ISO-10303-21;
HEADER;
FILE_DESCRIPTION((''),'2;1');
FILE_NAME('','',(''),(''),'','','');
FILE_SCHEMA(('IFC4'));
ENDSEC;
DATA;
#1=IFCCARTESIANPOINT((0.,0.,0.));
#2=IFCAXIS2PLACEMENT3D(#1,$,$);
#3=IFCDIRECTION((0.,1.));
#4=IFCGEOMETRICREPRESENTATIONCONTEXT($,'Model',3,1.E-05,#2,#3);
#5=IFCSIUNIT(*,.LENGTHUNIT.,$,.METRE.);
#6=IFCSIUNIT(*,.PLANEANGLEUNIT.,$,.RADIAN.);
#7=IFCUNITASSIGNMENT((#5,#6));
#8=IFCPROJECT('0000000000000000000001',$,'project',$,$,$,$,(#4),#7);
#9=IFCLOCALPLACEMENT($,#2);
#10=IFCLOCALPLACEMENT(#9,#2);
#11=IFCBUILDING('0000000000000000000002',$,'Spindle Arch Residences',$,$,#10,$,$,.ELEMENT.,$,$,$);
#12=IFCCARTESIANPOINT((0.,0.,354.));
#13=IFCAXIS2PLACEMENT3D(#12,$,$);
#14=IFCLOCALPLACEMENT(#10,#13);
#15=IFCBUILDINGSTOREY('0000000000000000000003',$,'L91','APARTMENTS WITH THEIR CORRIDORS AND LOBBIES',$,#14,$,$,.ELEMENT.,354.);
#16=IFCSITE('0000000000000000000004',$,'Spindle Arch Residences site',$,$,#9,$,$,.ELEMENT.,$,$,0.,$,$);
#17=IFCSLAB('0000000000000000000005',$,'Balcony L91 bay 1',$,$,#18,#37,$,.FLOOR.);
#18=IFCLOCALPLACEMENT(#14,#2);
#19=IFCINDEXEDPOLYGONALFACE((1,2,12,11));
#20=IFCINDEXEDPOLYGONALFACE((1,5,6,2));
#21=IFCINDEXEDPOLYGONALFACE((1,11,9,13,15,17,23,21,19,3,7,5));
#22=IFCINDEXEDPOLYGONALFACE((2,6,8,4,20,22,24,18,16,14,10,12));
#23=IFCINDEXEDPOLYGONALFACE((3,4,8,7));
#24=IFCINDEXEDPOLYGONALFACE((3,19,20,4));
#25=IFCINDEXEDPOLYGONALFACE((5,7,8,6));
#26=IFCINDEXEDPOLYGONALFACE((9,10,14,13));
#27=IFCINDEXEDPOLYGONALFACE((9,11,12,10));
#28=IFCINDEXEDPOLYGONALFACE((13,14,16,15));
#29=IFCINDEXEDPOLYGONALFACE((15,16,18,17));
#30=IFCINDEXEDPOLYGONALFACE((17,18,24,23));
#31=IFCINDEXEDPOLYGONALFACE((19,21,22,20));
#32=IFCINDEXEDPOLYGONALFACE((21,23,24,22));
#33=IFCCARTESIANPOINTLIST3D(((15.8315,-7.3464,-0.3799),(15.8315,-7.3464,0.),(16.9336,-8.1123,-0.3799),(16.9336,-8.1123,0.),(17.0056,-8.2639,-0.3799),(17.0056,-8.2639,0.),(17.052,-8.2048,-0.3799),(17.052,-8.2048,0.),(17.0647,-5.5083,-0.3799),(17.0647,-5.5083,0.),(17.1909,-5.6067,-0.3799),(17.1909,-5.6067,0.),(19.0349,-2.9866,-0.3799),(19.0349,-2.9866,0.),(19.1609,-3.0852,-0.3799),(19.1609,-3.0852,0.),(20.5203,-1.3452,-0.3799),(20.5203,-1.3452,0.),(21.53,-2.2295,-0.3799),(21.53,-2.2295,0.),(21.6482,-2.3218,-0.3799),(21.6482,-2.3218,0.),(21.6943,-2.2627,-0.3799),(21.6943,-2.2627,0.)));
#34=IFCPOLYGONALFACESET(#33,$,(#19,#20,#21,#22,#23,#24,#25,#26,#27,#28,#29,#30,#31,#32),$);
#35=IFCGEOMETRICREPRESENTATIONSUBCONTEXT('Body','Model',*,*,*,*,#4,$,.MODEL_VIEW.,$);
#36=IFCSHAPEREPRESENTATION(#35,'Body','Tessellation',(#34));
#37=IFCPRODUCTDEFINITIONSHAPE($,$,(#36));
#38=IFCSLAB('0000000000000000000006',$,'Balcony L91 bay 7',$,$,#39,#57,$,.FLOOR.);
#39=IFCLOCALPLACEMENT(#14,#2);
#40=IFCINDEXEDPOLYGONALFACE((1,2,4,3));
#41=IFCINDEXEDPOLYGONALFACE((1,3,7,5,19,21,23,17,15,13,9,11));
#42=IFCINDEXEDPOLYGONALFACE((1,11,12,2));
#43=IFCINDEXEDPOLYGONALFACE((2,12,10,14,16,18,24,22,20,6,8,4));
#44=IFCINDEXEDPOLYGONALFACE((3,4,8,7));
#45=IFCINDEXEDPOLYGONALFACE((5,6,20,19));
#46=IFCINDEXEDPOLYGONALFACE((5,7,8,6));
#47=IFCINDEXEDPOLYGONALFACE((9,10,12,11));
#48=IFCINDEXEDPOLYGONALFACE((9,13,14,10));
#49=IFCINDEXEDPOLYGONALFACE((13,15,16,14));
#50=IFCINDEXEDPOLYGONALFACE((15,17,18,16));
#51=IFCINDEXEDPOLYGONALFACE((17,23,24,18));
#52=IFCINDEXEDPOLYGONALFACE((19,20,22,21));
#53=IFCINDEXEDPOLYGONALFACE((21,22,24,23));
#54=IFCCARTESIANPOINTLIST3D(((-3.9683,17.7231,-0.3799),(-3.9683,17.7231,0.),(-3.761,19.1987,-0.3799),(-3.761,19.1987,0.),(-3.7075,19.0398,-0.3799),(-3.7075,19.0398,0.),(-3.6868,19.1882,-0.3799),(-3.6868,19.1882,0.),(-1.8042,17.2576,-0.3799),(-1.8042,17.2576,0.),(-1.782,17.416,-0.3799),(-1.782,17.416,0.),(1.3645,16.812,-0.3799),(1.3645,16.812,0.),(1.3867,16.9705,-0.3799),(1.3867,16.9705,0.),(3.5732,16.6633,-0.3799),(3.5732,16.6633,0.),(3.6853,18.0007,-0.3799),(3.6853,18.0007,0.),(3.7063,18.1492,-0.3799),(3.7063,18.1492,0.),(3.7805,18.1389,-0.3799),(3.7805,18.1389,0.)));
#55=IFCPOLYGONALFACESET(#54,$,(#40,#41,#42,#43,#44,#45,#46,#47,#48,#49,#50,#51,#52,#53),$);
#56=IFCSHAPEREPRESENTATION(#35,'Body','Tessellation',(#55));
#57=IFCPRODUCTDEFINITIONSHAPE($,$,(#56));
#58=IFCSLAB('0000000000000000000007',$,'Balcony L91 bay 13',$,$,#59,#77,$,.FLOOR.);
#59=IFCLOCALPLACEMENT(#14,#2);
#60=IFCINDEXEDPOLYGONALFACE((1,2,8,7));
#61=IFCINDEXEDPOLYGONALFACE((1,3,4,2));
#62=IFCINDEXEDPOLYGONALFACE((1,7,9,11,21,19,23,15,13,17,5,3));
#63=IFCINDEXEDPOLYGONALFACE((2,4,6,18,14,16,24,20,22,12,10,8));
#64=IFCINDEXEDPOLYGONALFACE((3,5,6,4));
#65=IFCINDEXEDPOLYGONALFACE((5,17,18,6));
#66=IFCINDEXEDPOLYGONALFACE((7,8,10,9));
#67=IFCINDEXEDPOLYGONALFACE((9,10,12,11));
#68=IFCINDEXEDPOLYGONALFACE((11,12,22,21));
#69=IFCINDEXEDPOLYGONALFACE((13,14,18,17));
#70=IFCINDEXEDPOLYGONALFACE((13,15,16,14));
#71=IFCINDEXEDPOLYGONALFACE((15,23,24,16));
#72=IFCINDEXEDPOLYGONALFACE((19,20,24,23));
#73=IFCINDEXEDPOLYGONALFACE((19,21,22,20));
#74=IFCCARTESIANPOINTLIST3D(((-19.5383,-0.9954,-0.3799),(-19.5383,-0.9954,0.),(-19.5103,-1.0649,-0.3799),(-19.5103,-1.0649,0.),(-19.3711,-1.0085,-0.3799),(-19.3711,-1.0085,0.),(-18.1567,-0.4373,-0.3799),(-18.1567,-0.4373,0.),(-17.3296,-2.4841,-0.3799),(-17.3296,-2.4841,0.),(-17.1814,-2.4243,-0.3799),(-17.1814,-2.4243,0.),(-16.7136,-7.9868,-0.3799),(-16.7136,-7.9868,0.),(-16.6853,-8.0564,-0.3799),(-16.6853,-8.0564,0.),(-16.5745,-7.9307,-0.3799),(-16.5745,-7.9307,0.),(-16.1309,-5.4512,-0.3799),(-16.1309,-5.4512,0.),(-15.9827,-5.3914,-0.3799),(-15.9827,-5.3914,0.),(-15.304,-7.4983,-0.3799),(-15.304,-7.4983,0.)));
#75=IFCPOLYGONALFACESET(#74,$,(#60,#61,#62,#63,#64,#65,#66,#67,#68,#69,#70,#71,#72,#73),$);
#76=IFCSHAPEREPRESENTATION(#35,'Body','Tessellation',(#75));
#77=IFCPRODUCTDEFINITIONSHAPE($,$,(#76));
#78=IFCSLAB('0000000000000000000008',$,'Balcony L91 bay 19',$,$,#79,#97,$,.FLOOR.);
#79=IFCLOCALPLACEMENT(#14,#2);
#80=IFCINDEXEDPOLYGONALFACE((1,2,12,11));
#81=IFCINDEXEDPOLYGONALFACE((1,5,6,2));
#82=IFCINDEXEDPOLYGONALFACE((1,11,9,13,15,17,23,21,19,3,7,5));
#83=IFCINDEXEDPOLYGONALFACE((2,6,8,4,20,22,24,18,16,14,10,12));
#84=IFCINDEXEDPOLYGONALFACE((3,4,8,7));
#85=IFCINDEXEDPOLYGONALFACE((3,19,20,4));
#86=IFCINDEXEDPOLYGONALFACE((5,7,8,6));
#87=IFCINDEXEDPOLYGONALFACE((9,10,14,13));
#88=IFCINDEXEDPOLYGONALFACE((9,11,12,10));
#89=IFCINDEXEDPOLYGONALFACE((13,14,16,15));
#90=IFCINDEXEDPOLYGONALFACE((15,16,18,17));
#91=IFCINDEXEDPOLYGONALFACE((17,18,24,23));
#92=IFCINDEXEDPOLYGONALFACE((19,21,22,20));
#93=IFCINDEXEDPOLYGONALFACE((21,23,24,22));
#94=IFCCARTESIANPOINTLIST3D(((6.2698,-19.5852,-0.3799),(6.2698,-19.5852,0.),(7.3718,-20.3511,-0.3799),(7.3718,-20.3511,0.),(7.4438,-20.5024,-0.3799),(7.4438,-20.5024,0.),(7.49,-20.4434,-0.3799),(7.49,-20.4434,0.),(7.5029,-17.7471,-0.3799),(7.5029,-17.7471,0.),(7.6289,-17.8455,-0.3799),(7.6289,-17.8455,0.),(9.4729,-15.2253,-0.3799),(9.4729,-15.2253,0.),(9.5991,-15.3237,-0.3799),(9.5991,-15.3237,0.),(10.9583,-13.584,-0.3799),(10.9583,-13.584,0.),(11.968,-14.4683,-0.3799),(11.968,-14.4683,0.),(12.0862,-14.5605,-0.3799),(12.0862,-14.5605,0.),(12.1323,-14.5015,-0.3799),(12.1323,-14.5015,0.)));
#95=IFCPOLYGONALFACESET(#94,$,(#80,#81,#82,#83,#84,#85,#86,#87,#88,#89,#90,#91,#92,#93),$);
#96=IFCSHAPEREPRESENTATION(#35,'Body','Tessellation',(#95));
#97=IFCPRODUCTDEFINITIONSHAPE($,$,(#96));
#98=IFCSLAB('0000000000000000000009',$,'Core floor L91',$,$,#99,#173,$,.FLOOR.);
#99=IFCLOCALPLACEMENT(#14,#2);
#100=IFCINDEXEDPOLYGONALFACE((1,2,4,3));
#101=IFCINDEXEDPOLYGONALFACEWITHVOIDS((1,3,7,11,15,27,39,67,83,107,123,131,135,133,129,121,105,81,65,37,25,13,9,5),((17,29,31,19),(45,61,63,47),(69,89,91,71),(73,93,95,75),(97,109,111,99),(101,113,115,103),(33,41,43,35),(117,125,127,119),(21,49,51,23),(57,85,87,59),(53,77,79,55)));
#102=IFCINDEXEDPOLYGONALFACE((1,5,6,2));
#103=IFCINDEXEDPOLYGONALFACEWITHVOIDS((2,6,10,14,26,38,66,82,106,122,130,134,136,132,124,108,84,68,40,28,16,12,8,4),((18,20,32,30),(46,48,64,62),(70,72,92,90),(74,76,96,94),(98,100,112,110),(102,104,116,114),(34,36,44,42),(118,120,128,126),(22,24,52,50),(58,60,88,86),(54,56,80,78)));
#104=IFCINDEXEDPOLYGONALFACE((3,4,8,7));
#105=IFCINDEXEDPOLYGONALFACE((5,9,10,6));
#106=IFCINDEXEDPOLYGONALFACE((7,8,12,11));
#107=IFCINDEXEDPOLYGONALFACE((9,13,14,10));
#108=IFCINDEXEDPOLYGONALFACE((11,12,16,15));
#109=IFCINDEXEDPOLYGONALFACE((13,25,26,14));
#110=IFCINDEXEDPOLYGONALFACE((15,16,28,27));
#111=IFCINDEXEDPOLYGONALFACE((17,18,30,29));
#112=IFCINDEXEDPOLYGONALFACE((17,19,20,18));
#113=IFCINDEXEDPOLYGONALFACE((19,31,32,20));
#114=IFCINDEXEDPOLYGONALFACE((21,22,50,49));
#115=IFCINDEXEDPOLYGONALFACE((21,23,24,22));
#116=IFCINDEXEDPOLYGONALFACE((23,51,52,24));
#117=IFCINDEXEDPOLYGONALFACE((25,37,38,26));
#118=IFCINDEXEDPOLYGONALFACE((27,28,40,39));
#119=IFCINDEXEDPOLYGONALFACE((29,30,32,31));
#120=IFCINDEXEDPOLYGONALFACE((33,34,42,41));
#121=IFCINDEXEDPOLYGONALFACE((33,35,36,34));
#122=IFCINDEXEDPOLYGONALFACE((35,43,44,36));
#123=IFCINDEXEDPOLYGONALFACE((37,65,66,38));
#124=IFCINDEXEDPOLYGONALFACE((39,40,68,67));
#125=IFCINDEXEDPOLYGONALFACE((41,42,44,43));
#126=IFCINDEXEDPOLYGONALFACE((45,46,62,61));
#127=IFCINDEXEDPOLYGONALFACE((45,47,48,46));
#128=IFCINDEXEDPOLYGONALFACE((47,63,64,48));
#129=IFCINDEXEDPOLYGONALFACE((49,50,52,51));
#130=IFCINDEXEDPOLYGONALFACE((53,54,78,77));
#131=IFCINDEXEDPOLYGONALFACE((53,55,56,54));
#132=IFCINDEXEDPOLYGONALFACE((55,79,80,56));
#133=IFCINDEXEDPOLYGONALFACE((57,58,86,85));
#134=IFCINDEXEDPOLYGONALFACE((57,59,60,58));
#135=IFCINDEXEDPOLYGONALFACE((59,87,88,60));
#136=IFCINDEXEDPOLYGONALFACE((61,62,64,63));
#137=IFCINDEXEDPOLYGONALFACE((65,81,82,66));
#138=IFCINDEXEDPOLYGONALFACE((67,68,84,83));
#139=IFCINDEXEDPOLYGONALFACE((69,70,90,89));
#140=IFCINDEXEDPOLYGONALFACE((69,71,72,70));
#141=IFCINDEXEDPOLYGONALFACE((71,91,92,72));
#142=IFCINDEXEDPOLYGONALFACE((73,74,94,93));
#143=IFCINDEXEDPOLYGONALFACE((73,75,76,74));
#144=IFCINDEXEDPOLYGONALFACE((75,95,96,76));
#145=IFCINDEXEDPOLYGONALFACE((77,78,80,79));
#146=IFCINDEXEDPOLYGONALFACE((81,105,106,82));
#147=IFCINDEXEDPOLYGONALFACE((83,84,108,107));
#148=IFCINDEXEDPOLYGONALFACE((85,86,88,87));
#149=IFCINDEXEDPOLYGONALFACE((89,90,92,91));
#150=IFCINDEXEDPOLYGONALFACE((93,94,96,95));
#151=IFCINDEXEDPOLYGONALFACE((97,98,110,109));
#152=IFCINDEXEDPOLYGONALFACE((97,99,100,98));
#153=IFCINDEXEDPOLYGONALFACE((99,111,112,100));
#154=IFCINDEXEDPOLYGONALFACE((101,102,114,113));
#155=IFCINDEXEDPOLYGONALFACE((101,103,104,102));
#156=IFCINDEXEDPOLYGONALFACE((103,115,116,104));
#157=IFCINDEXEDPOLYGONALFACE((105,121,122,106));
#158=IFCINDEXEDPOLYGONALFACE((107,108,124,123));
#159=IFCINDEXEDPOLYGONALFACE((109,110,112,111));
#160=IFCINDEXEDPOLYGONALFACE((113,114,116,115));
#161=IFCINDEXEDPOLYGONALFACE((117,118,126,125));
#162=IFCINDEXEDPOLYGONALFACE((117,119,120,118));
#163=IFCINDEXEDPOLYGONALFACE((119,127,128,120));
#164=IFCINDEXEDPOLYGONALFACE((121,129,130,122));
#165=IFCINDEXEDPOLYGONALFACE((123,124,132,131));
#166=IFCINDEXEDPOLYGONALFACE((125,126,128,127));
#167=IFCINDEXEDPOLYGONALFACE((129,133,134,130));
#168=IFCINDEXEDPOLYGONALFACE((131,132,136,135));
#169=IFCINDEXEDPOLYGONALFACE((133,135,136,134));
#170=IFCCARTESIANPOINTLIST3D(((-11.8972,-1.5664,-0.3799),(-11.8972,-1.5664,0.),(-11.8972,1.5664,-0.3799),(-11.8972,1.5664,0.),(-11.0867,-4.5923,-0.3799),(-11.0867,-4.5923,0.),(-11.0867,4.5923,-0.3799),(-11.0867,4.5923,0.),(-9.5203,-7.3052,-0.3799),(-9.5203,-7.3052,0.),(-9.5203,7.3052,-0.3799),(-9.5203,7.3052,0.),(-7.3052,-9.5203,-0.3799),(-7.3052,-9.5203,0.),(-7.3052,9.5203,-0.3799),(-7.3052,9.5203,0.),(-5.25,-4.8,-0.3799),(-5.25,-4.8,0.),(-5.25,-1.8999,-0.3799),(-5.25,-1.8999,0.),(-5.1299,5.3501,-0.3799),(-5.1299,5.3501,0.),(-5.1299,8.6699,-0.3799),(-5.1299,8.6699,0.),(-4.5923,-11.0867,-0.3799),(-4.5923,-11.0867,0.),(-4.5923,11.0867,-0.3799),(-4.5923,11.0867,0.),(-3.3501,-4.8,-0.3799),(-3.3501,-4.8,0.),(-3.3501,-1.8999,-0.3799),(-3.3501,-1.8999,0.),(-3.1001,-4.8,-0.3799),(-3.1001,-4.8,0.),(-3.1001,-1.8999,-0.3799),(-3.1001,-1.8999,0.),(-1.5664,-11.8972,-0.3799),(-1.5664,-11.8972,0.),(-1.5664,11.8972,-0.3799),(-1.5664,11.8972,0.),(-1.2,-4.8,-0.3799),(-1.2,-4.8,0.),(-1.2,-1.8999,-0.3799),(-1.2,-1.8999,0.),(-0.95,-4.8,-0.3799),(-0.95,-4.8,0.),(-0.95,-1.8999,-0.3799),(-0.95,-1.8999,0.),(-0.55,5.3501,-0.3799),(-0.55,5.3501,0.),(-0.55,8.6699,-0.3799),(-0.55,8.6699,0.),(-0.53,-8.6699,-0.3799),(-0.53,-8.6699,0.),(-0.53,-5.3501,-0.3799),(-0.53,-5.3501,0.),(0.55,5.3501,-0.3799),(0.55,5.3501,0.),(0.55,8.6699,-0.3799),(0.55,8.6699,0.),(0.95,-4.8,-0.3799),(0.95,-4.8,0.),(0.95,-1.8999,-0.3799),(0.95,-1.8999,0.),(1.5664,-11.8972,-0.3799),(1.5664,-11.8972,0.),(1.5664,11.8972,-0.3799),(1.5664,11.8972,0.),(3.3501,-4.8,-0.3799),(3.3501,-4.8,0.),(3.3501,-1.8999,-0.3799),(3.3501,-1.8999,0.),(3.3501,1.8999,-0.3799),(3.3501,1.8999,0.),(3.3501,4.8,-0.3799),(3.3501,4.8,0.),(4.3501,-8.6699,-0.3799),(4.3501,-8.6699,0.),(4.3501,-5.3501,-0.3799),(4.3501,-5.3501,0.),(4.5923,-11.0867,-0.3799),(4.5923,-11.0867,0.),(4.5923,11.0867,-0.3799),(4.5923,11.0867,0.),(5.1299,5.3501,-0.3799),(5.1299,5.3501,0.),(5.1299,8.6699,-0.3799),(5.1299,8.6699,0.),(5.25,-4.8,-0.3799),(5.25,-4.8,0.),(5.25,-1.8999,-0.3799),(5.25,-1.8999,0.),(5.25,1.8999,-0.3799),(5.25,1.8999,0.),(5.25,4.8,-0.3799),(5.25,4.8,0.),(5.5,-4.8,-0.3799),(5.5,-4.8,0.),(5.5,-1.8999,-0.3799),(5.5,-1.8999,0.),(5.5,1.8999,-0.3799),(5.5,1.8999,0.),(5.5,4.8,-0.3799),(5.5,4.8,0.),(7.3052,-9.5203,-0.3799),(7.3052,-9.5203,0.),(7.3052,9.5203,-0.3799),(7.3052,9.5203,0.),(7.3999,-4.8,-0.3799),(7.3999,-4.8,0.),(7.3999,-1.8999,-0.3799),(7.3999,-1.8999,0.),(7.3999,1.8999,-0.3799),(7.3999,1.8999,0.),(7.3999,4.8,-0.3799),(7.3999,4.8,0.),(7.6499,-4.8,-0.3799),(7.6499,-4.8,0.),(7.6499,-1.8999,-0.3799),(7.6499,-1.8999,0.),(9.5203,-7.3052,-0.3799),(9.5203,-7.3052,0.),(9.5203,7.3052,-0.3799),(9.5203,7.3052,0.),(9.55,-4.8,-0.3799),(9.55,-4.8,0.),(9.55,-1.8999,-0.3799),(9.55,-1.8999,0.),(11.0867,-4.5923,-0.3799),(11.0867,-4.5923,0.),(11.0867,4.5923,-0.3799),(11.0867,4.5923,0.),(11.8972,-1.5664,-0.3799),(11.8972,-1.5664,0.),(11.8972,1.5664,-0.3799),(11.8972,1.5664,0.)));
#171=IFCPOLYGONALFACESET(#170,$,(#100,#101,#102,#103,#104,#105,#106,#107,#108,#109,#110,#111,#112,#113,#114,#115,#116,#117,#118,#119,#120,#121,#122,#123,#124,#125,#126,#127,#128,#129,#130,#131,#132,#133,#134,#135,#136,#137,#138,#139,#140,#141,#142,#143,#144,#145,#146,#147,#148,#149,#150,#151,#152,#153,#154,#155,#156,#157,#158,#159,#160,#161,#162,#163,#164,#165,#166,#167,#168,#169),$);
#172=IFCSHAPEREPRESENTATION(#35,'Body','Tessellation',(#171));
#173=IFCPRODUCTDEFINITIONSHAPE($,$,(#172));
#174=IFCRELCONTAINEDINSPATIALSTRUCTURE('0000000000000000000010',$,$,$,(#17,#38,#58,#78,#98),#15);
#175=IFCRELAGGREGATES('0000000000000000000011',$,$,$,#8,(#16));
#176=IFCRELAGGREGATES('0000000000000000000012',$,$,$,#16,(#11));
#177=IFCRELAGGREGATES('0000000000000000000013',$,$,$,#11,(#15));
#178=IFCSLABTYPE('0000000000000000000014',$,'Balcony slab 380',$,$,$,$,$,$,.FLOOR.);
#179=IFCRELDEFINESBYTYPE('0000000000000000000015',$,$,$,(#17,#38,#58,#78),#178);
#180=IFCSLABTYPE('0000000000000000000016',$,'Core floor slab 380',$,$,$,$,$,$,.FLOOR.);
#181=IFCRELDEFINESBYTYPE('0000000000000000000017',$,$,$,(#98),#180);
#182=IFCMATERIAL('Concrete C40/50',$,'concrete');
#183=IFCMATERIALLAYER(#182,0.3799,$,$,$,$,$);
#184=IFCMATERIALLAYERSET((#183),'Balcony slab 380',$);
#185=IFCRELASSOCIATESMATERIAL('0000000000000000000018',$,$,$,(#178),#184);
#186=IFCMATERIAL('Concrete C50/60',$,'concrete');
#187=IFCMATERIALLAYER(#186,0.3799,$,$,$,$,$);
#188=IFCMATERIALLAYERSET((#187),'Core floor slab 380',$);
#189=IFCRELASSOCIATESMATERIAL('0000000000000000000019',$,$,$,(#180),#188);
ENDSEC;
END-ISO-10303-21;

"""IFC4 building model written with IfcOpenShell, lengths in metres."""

from ifc_helpers import new_model, si_unit, direction, frame, origin, place, context, subcontext, project, spatial, polyline, outline, extrude, material, layer, layer_set, type_object, element, save


model = new_model("IFC4")

# Units and contexts
model_context = context("Model", 3, precision=1e-05, world=origin(), true_north=direction((0.0, 1.0)))
body_context = subcontext(model_context, "Body", "Model", "MODEL_VIEW")
ifc_project = project(units=[si_unit("LENGTHUNIT", "METRE"), si_unit("PLANEANGLEUNIT", "RADIAN")], contexts=[model_context])

# Site, building, storey
site_placement = place(None, origin())
site = spatial("IfcSite", under=ifc_project, at=site_placement, Name="Spindle Arch Residences site", CompositionType="ELEMENT", RefElevation=0.0)
building_placement = place(site_placement, origin())
building = spatial("IfcBuilding", under=site, at=building_placement, Name="Spindle Arch Residences", CompositionType="ELEMENT")
storey_placement = place(building_placement, frame((0.0, 0.0, 354.0)))
storey = spatial("IfcBuildingStorey", under=building, at=storey_placement, Name="L91", Description="APARTMENTS WITH THEIR CORRIDORS AND LOBBIES", CompositionType="ELEMENT", Elevation=354.0)

# Slabs
ifc_material_1 = material(Name="Concrete C40/50", Category="concrete")
ifc_layer_1 = layer(ifc_material_1, 0.3799)
ifc_layer_set_1 = layer_set([ifc_layer_1], Name="Balcony slab 380")
slab_type_1 = type_object("IfcSlabType", Name="Balcony slab 380", PredefinedType="FLOOR", material=ifc_layer_set_1)
slab_1_placement = place(storey_placement, frame((0.0, 0.0, -0.3799)))
element("IfcSlab", 1, at=slab_1_placement, inside=storey, type_object=slab_type_1, Name="Balcony L91 bay 1", PredefinedType="FLOOR", context=body_context, shape_type="SweptSolid", body=[
    extrude(outline(polyline([(17.0056, -8.2639), (17.052, -8.2048), (16.9336, -8.1123), (21.53, -2.2295), (21.6482, -2.3218), (21.6943, -2.2627), (20.5203, -1.3452), (19.1609, -3.0852), (19.0349, -2.9866), (17.0647, -5.5083), (17.1909, -5.6067), (15.8315, -7.3464), (17.0056, -8.2639)])), origin(), (0.0, 0.0, 1.0), 0.3799),
])
slab_2_placement = place(storey_placement, frame((0.0, 0.0, -0.3799)))
element("IfcSlab", 2, at=slab_2_placement, inside=storey, type_object=slab_type_1, Name="Balcony L91 bay 7", PredefinedType="FLOOR", context=body_context, shape_type="SweptSolid", body=[
    extrude(outline(polyline([(3.7805, 18.1389), (3.7063, 18.1492), (3.6853, 18.0007), (-3.7075, 19.0398), (-3.6868, 19.1882), (-3.761, 19.1987), (-3.9683, 17.7231), (-1.782, 17.416), (-1.8042, 17.2576), (1.3645, 16.812), (1.3867, 16.9705), (3.5732, 16.6633), (3.7805, 18.1389)])), origin(), (0.0, 0.0, 1.0), 0.3799),
])
slab_3_placement = place(storey_placement, frame((0.0, 0.0, -0.3799)))
element("IfcSlab", 3, at=slab_3_placement, inside=storey, type_object=slab_type_1, Name="Balcony L91 bay 13", PredefinedType="FLOOR", context=body_context, shape_type="SweptSolid", body=[
    extrude(outline(polyline([(-19.5383, -0.9954), (-19.5103, -1.0649), (-19.3711, -1.0085), (-16.5745, -7.9307), (-16.7136, -7.9868), (-16.6853, -8.0564), (-15.304, -7.4983), (-16.1309, -5.4512), (-15.9827, -5.3914), (-17.1814, -2.4243), (-17.3296, -2.4841), (-18.1567, -0.4373), (-19.5383, -0.9954)])), origin(), (0.0, 0.0, 1.0), 0.3799),
])
slab_4_placement = place(storey_placement, frame((0.0, 0.0, -0.3799)))
element("IfcSlab", 4, at=slab_4_placement, inside=storey, type_object=slab_type_1, Name="Balcony L91 bay 19", PredefinedType="FLOOR", context=body_context, shape_type="SweptSolid", body=[
    extrude(outline(polyline([(7.4438, -20.5024), (7.49, -20.4434), (7.3718, -20.3511), (11.968, -14.4683), (12.0862, -14.5605), (12.1323, -14.5015), (10.9583, -13.584), (9.5991, -15.3237), (9.4729, -15.2253), (7.5029, -17.7471), (7.6289, -17.8455), (6.2698, -19.5852), (7.4438, -20.5024)])), origin(), (0.0, 0.0, 1.0), 0.3799),
])
ifc_material_2 = material(Name="Concrete C50/60", Category="concrete")
ifc_layer_2 = layer(ifc_material_2, 0.3799)
ifc_layer_set_2 = layer_set([ifc_layer_2], Name="Core floor slab 380")
slab_type_2 = type_object("IfcSlabType", Name="Core floor slab 380", PredefinedType="FLOOR", material=ifc_layer_set_2)
slab_5_placement = place(storey_placement, frame((0.0, 0.0, -0.3799)))
element("IfcSlab", 5, at=slab_5_placement, inside=storey, type_object=slab_type_2, Name="Core floor L91", PredefinedType="FLOOR", context=body_context, shape_type="SweptSolid", body=[
    extrude(outline(polyline([(1.5664, -11.8972), (4.5923, -11.0867), (7.3052, -9.5203), (9.5203, -7.3052), (11.0867, -4.5923), (11.8972, -1.5664), (11.8972, 1.5664), (11.0867, 4.5923), (9.5203, 7.3052), (7.3052, 9.5203), (4.5923, 11.0867), (1.5664, 11.8972), (-1.5664, 11.8972), (-4.5923, 11.0867), (-7.3052, 9.5203), (-9.5203, 7.3052), (-11.0867, 4.5923), (-11.8972, 1.5664), (-11.8972, -1.5664), (-11.0867, -4.5923), (-9.5203, -7.3052), (-7.3052, -9.5203), (-4.5923, -11.0867), (-1.5664, -11.8972), (1.5664, -11.8972)]), holes=[polyline([(3.3501, 1.8999), (5.25, 1.8999), (5.25, 4.8), (3.3501, 4.8), (3.3501, 1.8999)]), polyline([(5.5, 1.8999), (7.3999, 1.8999), (7.3999, 4.8), (5.5, 4.8), (5.5, 1.8999)]), polyline([(-5.25, -4.8), (-3.3501, -4.8), (-3.3501, -1.8999), (-5.25, -1.8999), (-5.25, -4.8)]), polyline([(-3.1001, -4.8), (-1.2, -4.8), (-1.2, -1.8999), (-3.1001, -1.8999), (-3.1001, -4.8)]), polyline([(-0.95, -4.8), (0.95, -4.8), (0.95, -1.8999), (-0.95, -1.8999), (-0.95, -4.8)]), polyline([(3.3501, -4.8), (5.25, -4.8), (5.25, -1.8999), (3.3501, -1.8999), (3.3501, -4.8)]), polyline([(5.5, -4.8), (7.3999, -4.8), (7.3999, -1.8999), (5.5, -1.8999), (5.5, -4.8)]), polyline([(7.6499, -4.8), (9.55, -4.8), (9.55, -1.8999), (7.6499, -1.8999), (7.6499, -4.8)]), polyline([(5.1299, 8.6699), (0.55, 8.6699), (0.55, 5.3501), (5.1299, 5.3501), (5.1299, 8.6699)]), polyline([(-5.1299, 5.3501), (-0.55, 5.3501), (-0.55, 8.6699), (-5.1299, 8.6699), (-5.1299, 5.3501)]), polyline([(-0.53, -8.6699), (4.3501, -8.6699), (4.3501, -5.3501), (-0.53, -5.3501), (-0.53, -8.6699)])]), origin(), (0.0, 0.0, 1.0), 0.3799),
])

save(model, "model.ifc")
